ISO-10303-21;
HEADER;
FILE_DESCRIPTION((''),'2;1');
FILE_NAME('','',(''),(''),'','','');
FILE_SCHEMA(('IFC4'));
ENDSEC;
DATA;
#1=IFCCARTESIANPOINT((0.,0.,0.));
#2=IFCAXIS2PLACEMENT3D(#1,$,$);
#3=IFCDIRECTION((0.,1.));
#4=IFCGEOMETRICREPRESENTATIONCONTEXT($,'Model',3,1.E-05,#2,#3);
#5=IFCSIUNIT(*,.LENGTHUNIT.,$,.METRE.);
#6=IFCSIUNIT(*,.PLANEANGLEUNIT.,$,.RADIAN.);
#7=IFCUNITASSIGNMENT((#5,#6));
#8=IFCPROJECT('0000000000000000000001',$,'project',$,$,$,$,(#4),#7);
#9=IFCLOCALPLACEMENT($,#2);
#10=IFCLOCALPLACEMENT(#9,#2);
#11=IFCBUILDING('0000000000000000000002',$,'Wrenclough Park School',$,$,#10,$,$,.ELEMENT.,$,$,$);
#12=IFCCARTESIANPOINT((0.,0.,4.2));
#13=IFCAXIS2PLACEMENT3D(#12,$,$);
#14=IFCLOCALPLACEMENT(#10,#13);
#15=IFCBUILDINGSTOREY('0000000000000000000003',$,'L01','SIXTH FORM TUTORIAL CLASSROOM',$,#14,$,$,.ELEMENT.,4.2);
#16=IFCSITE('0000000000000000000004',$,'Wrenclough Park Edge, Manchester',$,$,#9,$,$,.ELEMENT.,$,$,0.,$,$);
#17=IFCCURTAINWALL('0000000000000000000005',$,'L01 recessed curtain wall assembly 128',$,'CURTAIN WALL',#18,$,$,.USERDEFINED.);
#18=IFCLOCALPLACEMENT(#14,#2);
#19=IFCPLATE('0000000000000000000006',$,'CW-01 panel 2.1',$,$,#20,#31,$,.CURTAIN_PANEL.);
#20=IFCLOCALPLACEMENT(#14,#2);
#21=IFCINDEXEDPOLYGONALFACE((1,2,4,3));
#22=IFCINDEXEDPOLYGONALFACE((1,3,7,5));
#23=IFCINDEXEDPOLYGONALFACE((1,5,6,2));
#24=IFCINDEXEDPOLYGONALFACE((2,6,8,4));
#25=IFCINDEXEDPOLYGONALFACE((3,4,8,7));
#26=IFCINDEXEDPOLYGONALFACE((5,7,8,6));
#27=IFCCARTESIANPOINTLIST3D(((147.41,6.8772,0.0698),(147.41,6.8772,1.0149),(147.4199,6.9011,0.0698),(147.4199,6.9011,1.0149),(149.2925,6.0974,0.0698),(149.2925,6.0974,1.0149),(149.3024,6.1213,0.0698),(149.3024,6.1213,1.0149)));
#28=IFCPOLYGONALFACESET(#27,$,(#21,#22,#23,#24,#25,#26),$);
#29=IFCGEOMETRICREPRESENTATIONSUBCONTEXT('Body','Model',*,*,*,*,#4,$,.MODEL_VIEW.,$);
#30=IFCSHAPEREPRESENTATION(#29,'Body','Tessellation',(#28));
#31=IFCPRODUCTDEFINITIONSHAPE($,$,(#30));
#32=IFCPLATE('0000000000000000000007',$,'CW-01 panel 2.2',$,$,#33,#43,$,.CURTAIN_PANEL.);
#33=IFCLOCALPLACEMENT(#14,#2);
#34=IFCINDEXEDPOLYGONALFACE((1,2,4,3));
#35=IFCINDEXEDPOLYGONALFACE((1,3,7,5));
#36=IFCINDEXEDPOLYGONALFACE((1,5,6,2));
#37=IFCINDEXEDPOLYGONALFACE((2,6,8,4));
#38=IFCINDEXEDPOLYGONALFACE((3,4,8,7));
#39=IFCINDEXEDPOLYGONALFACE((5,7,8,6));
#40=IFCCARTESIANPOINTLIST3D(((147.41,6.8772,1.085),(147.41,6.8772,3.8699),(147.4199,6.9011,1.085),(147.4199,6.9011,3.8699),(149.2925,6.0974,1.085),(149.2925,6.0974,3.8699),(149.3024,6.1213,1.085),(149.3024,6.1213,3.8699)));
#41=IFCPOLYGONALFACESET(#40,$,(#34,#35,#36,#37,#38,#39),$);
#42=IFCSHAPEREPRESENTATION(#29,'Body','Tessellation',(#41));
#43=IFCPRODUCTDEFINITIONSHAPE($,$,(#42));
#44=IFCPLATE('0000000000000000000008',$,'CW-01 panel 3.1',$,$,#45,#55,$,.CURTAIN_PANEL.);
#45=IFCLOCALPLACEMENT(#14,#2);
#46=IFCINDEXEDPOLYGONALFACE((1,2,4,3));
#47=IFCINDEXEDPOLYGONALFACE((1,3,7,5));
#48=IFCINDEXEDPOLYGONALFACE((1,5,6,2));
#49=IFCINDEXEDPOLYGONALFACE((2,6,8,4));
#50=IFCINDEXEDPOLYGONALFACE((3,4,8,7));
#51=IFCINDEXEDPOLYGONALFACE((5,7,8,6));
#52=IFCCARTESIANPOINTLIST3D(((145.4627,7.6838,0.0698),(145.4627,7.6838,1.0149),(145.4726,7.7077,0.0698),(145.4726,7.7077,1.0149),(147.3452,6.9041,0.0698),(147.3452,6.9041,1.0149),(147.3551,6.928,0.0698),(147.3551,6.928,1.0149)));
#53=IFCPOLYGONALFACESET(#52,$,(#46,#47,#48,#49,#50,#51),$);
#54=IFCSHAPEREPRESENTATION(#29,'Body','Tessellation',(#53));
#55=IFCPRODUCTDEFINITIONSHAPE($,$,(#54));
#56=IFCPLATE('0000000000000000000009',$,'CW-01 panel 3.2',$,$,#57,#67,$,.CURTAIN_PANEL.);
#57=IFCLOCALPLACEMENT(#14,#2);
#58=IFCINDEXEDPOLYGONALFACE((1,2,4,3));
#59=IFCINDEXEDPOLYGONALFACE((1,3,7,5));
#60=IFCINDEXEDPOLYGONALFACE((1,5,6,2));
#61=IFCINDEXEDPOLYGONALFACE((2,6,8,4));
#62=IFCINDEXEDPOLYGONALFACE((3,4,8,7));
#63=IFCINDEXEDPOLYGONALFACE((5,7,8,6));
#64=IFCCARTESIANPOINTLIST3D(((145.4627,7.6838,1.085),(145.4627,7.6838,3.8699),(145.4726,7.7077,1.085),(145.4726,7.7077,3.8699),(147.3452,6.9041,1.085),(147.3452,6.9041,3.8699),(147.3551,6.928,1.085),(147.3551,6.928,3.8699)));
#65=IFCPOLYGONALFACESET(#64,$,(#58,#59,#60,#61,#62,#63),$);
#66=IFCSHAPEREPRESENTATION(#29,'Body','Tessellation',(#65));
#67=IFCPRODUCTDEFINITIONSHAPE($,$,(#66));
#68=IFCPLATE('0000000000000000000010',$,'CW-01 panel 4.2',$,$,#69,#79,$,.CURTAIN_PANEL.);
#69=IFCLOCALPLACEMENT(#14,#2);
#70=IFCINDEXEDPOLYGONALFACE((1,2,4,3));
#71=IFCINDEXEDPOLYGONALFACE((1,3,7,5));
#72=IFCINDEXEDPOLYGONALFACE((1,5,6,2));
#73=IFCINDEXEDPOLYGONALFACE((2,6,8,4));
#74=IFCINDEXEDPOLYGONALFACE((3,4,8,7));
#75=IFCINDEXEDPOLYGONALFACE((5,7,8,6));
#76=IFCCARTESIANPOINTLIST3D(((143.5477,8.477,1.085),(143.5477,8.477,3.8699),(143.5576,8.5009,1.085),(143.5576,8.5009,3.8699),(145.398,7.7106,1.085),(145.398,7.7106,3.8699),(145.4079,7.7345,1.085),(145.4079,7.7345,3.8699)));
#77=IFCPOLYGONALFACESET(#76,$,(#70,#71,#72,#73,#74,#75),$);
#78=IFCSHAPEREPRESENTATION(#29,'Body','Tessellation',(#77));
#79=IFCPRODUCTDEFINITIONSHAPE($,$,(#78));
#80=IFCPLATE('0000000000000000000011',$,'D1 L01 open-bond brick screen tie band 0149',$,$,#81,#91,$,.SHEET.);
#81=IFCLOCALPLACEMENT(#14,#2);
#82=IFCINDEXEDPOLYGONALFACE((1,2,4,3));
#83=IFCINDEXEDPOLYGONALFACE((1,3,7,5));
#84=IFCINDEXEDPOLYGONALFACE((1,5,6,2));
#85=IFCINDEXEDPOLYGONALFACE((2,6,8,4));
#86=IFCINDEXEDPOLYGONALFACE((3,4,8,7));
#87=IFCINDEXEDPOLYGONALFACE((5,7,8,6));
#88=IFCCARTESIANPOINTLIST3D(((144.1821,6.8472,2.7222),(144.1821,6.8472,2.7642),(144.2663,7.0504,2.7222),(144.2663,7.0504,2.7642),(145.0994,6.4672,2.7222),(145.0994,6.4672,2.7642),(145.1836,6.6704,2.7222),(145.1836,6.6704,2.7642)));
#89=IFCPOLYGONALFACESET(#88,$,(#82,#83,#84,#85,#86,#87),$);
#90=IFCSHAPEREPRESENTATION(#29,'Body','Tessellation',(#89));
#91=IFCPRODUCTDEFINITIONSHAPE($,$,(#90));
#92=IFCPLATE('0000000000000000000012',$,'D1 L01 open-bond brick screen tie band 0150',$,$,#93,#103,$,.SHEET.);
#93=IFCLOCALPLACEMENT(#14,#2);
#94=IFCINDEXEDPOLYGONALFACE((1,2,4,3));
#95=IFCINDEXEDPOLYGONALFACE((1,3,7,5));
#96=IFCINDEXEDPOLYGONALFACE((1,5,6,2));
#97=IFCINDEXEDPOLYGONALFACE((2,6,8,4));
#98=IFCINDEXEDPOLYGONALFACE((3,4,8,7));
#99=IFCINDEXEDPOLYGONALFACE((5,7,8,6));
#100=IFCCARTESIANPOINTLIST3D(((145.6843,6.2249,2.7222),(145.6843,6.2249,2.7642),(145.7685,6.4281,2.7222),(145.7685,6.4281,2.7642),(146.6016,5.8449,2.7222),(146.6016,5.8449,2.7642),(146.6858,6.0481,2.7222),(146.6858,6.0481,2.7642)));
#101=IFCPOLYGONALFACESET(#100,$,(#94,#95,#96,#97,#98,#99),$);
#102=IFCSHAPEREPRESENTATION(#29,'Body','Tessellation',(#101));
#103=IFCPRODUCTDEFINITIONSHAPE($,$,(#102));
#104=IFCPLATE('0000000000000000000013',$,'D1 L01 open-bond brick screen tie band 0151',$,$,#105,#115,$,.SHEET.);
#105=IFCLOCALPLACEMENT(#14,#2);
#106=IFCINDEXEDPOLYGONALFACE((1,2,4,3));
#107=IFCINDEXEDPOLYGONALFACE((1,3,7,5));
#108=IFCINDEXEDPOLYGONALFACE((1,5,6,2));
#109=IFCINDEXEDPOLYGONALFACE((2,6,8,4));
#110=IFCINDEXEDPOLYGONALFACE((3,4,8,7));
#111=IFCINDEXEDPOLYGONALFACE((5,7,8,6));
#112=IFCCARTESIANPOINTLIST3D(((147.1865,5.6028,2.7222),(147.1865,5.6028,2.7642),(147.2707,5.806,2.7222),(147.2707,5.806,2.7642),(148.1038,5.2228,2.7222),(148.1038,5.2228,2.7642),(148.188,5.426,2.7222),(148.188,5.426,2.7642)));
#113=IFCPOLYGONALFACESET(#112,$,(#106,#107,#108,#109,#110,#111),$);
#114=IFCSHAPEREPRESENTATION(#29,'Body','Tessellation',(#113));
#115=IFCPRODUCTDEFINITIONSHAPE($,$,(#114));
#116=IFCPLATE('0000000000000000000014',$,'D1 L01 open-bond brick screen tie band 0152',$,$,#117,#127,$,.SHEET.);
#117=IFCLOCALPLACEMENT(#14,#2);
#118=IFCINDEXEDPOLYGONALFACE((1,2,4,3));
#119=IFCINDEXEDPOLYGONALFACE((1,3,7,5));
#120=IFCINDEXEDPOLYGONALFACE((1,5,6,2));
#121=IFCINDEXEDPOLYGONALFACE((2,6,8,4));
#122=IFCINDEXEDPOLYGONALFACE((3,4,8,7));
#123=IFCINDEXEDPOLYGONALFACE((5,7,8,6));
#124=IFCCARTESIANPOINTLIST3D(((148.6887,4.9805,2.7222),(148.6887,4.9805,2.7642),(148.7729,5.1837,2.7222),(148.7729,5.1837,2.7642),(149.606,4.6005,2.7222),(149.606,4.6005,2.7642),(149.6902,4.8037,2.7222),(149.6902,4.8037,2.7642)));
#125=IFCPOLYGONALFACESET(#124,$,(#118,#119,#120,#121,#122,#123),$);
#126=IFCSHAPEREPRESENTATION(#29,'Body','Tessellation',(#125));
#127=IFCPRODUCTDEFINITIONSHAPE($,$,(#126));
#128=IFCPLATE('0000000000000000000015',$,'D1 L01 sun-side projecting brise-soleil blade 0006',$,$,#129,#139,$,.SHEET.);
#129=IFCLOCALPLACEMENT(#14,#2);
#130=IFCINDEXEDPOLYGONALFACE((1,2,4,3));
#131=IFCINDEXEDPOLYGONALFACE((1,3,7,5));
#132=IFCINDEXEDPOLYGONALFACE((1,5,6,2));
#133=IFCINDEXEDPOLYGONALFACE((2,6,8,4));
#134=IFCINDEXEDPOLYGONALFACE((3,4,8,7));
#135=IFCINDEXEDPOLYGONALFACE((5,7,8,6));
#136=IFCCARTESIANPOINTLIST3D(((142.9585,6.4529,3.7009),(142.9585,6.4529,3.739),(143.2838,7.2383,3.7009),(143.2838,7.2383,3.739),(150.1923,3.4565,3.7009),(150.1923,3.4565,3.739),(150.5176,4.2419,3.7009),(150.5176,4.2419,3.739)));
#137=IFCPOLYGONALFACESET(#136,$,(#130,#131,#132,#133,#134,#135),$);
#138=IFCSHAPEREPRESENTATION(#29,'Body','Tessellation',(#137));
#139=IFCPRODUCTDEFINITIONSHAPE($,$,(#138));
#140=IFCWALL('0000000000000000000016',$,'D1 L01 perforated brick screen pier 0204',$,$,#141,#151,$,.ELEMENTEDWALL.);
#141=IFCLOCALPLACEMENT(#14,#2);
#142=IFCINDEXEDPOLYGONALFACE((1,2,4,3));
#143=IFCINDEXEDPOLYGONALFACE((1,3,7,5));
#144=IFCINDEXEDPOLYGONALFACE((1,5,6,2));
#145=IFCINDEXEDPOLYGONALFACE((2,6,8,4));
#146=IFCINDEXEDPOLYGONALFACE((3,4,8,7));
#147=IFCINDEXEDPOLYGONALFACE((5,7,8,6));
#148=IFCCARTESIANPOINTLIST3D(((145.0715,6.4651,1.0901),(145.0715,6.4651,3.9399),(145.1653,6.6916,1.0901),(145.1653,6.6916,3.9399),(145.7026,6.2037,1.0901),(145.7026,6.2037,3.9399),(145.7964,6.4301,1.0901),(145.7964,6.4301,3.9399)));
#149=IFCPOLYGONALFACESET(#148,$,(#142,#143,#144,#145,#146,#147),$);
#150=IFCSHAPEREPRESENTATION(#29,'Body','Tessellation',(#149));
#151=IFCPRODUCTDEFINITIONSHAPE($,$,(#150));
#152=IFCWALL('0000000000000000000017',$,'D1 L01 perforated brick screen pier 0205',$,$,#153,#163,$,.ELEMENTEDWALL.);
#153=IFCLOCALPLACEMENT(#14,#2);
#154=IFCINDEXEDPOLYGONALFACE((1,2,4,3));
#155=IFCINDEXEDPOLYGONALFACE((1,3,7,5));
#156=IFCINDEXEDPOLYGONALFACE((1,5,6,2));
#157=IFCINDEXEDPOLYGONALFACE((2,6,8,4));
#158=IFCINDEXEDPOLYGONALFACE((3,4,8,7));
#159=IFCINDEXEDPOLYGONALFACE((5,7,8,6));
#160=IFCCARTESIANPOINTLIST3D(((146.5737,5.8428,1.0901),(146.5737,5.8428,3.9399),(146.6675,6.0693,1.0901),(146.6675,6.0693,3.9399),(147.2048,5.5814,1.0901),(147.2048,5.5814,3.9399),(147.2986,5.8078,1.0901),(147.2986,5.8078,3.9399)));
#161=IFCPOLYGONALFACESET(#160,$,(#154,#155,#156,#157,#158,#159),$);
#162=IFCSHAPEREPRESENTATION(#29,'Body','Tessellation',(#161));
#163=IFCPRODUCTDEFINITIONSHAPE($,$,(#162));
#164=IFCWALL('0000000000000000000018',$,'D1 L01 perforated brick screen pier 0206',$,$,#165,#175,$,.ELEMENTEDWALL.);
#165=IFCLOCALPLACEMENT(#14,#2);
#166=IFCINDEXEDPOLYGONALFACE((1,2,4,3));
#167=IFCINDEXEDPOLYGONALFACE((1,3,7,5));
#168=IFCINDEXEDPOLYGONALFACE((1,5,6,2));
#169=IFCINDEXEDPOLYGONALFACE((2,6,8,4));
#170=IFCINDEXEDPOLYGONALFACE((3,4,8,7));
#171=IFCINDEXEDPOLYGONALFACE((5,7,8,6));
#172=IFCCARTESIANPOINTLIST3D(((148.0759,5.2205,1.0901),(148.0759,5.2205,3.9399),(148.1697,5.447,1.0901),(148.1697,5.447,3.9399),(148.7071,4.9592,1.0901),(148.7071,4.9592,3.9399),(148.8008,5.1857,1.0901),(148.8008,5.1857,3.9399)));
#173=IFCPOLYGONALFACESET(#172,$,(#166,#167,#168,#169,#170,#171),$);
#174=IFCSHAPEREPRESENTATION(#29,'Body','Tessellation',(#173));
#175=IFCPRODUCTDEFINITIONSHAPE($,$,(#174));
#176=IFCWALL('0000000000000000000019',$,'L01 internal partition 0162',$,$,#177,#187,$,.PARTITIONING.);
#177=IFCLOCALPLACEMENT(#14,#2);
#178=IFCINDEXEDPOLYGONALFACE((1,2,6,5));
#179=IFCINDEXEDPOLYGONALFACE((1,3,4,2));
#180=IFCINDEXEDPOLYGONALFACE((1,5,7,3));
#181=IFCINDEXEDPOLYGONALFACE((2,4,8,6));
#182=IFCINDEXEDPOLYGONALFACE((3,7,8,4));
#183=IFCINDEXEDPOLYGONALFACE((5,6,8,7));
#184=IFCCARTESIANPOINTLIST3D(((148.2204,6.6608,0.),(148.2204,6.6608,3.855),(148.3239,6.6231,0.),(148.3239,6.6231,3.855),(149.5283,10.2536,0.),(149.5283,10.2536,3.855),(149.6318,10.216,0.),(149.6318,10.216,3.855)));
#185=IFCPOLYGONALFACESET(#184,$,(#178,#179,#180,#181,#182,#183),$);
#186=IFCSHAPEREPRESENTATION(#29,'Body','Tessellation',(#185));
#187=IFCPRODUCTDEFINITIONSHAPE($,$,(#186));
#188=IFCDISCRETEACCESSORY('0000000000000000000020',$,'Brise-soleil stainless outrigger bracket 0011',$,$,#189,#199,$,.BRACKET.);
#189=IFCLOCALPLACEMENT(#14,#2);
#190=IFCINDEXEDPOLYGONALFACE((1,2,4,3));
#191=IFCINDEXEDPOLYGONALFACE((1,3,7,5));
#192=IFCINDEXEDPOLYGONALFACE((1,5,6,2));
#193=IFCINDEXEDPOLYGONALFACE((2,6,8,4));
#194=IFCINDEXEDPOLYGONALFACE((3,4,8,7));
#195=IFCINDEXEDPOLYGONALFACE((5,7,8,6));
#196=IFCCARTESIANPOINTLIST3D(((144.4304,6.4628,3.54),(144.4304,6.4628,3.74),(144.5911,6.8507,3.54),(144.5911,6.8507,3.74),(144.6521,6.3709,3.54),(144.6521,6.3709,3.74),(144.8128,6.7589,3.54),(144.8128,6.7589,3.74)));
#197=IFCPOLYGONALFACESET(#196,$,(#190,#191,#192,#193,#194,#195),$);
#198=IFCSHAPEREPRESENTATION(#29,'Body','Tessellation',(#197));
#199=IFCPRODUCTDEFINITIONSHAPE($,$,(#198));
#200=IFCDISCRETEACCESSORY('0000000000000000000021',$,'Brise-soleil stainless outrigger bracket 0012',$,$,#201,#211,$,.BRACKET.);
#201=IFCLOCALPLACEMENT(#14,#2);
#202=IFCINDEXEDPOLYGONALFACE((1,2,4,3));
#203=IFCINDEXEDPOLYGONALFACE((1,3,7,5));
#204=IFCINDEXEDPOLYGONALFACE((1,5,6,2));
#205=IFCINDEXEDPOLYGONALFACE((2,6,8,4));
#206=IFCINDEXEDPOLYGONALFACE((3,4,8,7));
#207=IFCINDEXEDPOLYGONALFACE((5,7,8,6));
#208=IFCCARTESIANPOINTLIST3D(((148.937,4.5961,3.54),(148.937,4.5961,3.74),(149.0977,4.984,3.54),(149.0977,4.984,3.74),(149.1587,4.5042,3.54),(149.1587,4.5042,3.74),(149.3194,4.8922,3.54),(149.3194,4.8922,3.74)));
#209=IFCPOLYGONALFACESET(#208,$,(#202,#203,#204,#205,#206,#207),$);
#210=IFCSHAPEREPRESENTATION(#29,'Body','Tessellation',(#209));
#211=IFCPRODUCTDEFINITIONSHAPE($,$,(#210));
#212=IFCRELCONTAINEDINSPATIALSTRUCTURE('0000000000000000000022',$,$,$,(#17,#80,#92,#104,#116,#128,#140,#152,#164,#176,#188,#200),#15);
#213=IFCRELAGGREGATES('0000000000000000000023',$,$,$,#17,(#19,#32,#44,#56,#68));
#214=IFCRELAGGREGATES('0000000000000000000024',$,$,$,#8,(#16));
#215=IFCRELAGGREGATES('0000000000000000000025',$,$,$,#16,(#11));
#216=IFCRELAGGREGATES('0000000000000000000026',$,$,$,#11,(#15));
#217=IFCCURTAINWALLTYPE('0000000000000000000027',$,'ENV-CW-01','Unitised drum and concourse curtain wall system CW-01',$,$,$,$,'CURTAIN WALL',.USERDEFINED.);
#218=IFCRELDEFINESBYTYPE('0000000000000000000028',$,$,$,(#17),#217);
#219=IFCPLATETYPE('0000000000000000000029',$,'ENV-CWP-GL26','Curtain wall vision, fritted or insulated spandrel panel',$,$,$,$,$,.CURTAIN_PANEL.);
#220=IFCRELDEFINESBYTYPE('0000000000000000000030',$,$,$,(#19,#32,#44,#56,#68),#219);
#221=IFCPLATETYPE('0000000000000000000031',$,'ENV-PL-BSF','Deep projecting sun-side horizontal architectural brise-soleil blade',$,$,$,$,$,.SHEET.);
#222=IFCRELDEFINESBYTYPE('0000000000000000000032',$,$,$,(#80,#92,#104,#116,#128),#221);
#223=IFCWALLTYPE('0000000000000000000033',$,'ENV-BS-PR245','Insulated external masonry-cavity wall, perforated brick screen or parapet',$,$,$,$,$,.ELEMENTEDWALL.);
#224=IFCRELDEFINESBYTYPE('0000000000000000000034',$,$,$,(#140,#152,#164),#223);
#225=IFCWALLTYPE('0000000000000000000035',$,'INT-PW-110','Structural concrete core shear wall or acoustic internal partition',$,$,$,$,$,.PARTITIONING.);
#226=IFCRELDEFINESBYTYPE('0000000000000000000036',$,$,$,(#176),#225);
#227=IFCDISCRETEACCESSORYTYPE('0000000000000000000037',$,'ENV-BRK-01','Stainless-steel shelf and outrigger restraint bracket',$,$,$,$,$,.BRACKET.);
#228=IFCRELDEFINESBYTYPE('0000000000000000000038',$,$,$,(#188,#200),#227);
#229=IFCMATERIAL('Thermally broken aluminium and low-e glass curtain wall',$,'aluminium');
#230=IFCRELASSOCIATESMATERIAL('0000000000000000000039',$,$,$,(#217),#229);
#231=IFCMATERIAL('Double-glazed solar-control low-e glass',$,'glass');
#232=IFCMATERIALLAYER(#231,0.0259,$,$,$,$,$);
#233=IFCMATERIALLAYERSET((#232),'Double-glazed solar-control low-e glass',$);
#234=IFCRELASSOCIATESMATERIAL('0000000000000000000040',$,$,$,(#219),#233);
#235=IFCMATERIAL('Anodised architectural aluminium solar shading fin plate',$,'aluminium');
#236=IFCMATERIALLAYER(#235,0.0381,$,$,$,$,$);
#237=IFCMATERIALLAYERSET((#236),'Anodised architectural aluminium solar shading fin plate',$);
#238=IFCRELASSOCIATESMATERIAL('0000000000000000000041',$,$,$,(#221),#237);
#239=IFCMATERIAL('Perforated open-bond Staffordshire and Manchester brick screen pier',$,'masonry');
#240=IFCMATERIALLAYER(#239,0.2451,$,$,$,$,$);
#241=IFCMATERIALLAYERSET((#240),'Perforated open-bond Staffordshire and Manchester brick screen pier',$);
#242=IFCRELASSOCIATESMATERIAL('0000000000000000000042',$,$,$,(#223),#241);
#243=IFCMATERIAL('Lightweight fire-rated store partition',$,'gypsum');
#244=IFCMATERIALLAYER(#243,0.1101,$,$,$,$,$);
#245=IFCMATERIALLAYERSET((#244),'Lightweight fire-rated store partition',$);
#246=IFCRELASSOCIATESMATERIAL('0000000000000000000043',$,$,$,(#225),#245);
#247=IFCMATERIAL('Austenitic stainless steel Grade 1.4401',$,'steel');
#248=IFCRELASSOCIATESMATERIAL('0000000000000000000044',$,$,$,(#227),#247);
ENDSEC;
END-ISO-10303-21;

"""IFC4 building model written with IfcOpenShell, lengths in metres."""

from ifc_helpers import new_model, si_unit, direction, frame, frame_2d, origin, origin_2d, place, context, subcontext, project, spatial, rectangle, extrude, material, layer, layer_set, type_object, element, aggregate, save


model = new_model("IFC4")

# Units and contexts
model_context = context("Model", 3, precision=1e-05, world=origin(), true_north=direction((0.0, 1.0)))
body_context = subcontext(model_context, "Body", "Model", "MODEL_VIEW")
ifc_project = project(units=[si_unit("LENGTHUNIT", "METRE"), si_unit("PLANEANGLEUNIT", "RADIAN")], contexts=[model_context])

# Site, building, storey
site_placement = place(None, origin())
site = spatial("IfcSite", under=ifc_project, at=site_placement, Name="Wrenclough Park Edge, Manchester", CompositionType="ELEMENT", RefElevation=0.0)
building_placement = place(site_placement, origin())
building = spatial("IfcBuilding", under=site, at=building_placement, Name="Wrenclough Park School", CompositionType="ELEMENT")
storey_placement = place(building_placement, frame((0.0, 0.0, 4.2)))
storey = spatial("IfcBuildingStorey", under=building, at=storey_placement, Name="L01", Description="SIXTH FORM TUTORIAL CLASSROOM", CompositionType="ELEMENT", Elevation=4.2)

# Curtain wall, plates
ifc_material_1 = material(Name="Thermally broken aluminium and low-e glass curtain wall", Category="aluminium")
curtain_wall_type = type_object("IfcCurtainWallType", Name="ENV-CW-01", Description="Unitised drum and concourse curtain wall system CW-01", ElementType="CURTAIN WALL", PredefinedType="USERDEFINED", material=ifc_material_1)
curtain_wall_placement = place(storey_placement, origin())
curtain_wall = element("IfcCurtainWall", 1, at=curtain_wall_placement, inside=storey, type_object=curtain_wall_type, Name="L01 recessed curtain wall assembly 128", ObjectType="CURTAIN WALL", PredefinedType="USERDEFINED")
ifc_material_2 = material(Name="Double-glazed solar-control low-e glass", Category="glass")
ifc_layer_1 = layer(ifc_material_2, 0.0259)
ifc_layer_set_1 = layer_set([ifc_layer_1], Name="Double-glazed solar-control low-e glass")
plate_type_1 = type_object("IfcPlateType", Name="ENV-CWP-GL26", Description="Curtain wall vision, fritted or insulated spandrel panel", PredefinedType="CURTAIN_PANEL", material=ifc_layer_set_1)
plate_1_placement = place(storey_placement, frame((148.3562, 6.4993, 0.0698), z_axis=(0.0, 0.0, 1.0), x_axis=(-0.923878, 0.382687, 0.0)))
plate_1 = element("IfcPlate", 2, at=plate_1_placement, type_object=plate_type_1, Name="CW-01 panel 2.1", PredefinedType="CURTAIN_PANEL", context=body_context, shape_type="SweptSolid", body=[
    extrude(rectangle(XDim=2.0376, YDim=0.0259, at=origin_2d()), origin(), (0.0, 0.0, 1.0), 0.9451),
])
plate_2_placement = place(storey_placement, frame((148.3562, 6.4993, 1.085), z_axis=(0.0, 0.0, 1.0), x_axis=(-0.923878, 0.382687, 0.0)))
plate_2 = element("IfcPlate", 3, at=plate_2_placement, type_object=plate_type_1, Name="CW-01 panel 2.2", PredefinedType="CURTAIN_PANEL", context=body_context, shape_type="SweptSolid", body=[
    extrude(rectangle(XDim=2.0376, YDim=0.0259, at=origin_2d()), origin(), (0.0, 0.0, 1.0), 2.7849),
])
plate_3_placement = place(storey_placement, frame((146.4089, 7.3059, 0.0698), z_axis=(0.0, 0.0, 1.0), x_axis=(-0.923878, 0.382687, 0.0)))
plate_3 = element("IfcPlate", 4, at=plate_3_placement, type_object=plate_type_1, Name="CW-01 panel 3.1", PredefinedType="CURTAIN_PANEL", context=body_context, shape_type="SweptSolid", body=[
    extrude(rectangle(XDim=2.0376, YDim=0.0259, at=origin_2d()), origin(), (0.0, 0.0, 1.0), 0.9451),
])
plate_4_placement = place(storey_placement, frame((146.4089, 7.3059, 1.085), z_axis=(0.0, 0.0, 1.0), x_axis=(-0.923878, 0.382687, 0.0)))
plate_4 = element("IfcPlate", 5, at=plate_4_placement, type_object=plate_type_1, Name="CW-01 panel 3.2", PredefinedType="CURTAIN_PANEL", context=body_context, shape_type="SweptSolid", body=[
    extrude(rectangle(XDim=2.0376, YDim=0.0259, at=origin_2d()), origin(), (0.0, 0.0, 1.0), 2.7849),
])
plate_5_placement = place(storey_placement, frame((144.4778, 8.1057, 1.085), z_axis=(0.0, 0.0, 1.0), x_axis=(-0.923878, 0.382687, 0.0)))
plate_5 = element("IfcPlate", 6, at=plate_5_placement, type_object=plate_type_1, Name="CW-01 panel 4.2", PredefinedType="CURTAIN_PANEL", context=body_context, shape_type="SweptSolid", body=[
    extrude(rectangle(XDim=2.0027, YDim=0.0259, at=origin_2d()), origin(), (0.0, 0.0, 1.0), 2.7849),
])
aggregate(curtain_wall, [plate_1, plate_2, plate_3, plate_4, plate_5])

# Plates
ifc_material_3 = material(Name="Anodised architectural aluminium solar shading fin plate", Category="aluminium")
ifc_layer_2 = layer(ifc_material_3, 0.0381)
ifc_layer_set_2 = layer_set([ifc_layer_2], Name="Anodised architectural aluminium solar shading fin plate")
plate_type_2 = type_object("IfcPlateType", Name="ENV-PL-BSF", Description="Deep projecting sun-side horizontal architectural brise-soleil blade", PredefinedType="SHEET", material=ifc_layer_set_2)
for number, where, z_axis, x_axis, name in (
    (7, (144.6829, 6.7588, 2.7222), (0.0, 0.0, 1.0), (0.923876, -0.382692, 0.0), "D1 L01 open-bond brick screen tie band 0149"),
    (8, (146.1851, 6.1365, 2.7222), (0.0, 0.0, 1.0), (0.923876, -0.382692, 0.0), "D1 L01 open-bond brick screen tie band 0150"),
    (9, (147.6873, 5.5144, 2.7222), (0.0, 0.0, 1.0), (0.923876, -0.382692, 0.0), "D1 L01 open-bond brick screen tie band 0151"),
    (10, (149.1895, 4.8921, 2.7222), (0.0, 0.0, 1.0), (0.923876, -0.382692, 0.0), "D1 L01 open-bond brick screen tie band 0152"),
):
    element("IfcPlate", number, at=place(storey_placement, frame(where, z_axis=z_axis, x_axis=x_axis)), inside=storey, type_object=plate_type_2, Name=name, PredefinedType="SHEET", context=body_context, shape_type="SweptSolid", body=[
        extrude(rectangle(XDim=0.9929, YDim=0.22, at=origin_2d()), origin(), (0.0, 0.0, 1.0), 0.042),
    ])
plate_6_placement = place(storey_placement, frame((146.738, 5.3474, 3.7009), z_axis=(0.0, 0.0, 1.0), x_axis=(0.923876, -0.382692, 0.0)))
element("IfcPlate", 11, at=plate_6_placement, inside=storey, type_object=plate_type_2, Name="D1 L01 sun-side projecting brise-soleil blade 0006", PredefinedType="SHEET", context=body_context, shape_type="SweptSolid", body=[
    extrude(rectangle(XDim=7.8298, YDim=0.8501, at=origin_2d()), origin(), (0.0, 0.0, 1.0), 0.0381),
])

# Walls
ifc_material_4 = material(Name="Perforated open-bond Staffordshire and Manchester brick screen pier", Category="masonry")
ifc_layer_3 = layer(ifc_material_4, 0.2451)
ifc_layer_set_3 = layer_set([ifc_layer_3], Name="Perforated open-bond Staffordshire and Manchester brick screen pier")
wall_type_1 = type_object("IfcWallType", Name="ENV-BS-PR245", Description="Insulated external masonry-cavity wall, perforated brick screen or parapet", PredefinedType="ELEMENTEDWALL", material=ifc_layer_set_3)
for number, where, z_axis, x_axis, name in (
    (12, (145.1184, 6.5784, 1.0901), (0.0, 0.0, 1.0), (0.923847, -0.382762, 0.0), "D1 L01 perforated brick screen pier 0204"),
    (13, (146.6206, 5.9561, 1.0901), (0.0, 0.0, 1.0), (0.923847, -0.382762, 0.0), "D1 L01 perforated brick screen pier 0205"),
    (14, (148.1228, 5.3337, 1.0901), (0.0, 0.0, 1.0), (0.923973, -0.382457, 0.0), "D1 L01 perforated brick screen pier 0206"),
):
    element("IfcWall", number, at=place(storey_placement, frame(where, z_axis=z_axis, x_axis=x_axis)), inside=storey, type_object=wall_type_1, Name=name, PredefinedType="ELEMENTEDWALL", context=body_context, shape_type="SweptSolid", body=[
        extrude(rectangle(XDim=0.6831, YDim=0.2451, at=frame_2d((0.3416, 0.0))), origin(), (0.0, 0.0, 1.0), 2.8499),
    ])
ifc_material_5 = material(Name="Lightweight fire-rated store partition", Category="gypsum")
ifc_layer_4 = layer(ifc_material_5, 0.1101)
ifc_layer_set_4 = layer_set([ifc_layer_4], Name="Lightweight fire-rated store partition")
wall_type_2 = type_object("IfcWallType", Name="INT-PW-110", Description="Structural concrete core shear wall or acoustic internal partition", PredefinedType="PARTITIONING", material=ifc_layer_set_4)
wall_placement = place(storey_placement, frame((148.2722, 6.6421, 0.0), z_axis=(0.0, 0.0, 1.0), x_axis=(0.342066, 0.939676, 0.0)))
element("IfcWall", 15, at=wall_placement, inside=storey, type_object=wall_type_2, Name="L01 internal partition 0162", PredefinedType="PARTITIONING", context=body_context, shape_type="SweptSolid", body=[
    extrude(rectangle(XDim=3.8235, YDim=0.1101, at=frame_2d((1.9116, 0.0))), origin(), (0.0, 0.0, 1.0), 3.855),
])

# Discrete accessories
ifc_material_6 = material(Name="Austenitic stainless steel Grade 1.4401", Category="steel")
discrete_accessory_type = type_object("IfcDiscreteAccessoryType", Name="ENV-BRK-01", Description="Stainless-steel shelf and outrigger restraint bracket", PredefinedType="BRACKET", material=ifc_material_6)
for number, where, z_axis, x_axis, name in (
    (16, (144.6216, 6.6108, 3.54), (0.0, 0.0, 1.0), (0.923876, -0.382692, 0.0), "Brise-soleil stainless outrigger bracket 0011"),
    (17, (149.1282, 4.7441, 3.54), (0.0, 0.0, 1.0), (0.923876, -0.382692, 0.0), "Brise-soleil stainless outrigger bracket 0012"),
):
    element("IfcDiscreteAccessory", number, at=place(storey_placement, frame(where, z_axis=z_axis, x_axis=x_axis)), inside=storey, type_object=discrete_accessory_type, Name=name, PredefinedType="BRACKET", context=body_context, shape_type="SweptSolid", body=[
        extrude(rectangle(XDim=0.24, YDim=0.4199, at=origin_2d()), origin(), (0.0, 0.0, 1.0), 0.2),
    ])

save(model, "model.ifc")
